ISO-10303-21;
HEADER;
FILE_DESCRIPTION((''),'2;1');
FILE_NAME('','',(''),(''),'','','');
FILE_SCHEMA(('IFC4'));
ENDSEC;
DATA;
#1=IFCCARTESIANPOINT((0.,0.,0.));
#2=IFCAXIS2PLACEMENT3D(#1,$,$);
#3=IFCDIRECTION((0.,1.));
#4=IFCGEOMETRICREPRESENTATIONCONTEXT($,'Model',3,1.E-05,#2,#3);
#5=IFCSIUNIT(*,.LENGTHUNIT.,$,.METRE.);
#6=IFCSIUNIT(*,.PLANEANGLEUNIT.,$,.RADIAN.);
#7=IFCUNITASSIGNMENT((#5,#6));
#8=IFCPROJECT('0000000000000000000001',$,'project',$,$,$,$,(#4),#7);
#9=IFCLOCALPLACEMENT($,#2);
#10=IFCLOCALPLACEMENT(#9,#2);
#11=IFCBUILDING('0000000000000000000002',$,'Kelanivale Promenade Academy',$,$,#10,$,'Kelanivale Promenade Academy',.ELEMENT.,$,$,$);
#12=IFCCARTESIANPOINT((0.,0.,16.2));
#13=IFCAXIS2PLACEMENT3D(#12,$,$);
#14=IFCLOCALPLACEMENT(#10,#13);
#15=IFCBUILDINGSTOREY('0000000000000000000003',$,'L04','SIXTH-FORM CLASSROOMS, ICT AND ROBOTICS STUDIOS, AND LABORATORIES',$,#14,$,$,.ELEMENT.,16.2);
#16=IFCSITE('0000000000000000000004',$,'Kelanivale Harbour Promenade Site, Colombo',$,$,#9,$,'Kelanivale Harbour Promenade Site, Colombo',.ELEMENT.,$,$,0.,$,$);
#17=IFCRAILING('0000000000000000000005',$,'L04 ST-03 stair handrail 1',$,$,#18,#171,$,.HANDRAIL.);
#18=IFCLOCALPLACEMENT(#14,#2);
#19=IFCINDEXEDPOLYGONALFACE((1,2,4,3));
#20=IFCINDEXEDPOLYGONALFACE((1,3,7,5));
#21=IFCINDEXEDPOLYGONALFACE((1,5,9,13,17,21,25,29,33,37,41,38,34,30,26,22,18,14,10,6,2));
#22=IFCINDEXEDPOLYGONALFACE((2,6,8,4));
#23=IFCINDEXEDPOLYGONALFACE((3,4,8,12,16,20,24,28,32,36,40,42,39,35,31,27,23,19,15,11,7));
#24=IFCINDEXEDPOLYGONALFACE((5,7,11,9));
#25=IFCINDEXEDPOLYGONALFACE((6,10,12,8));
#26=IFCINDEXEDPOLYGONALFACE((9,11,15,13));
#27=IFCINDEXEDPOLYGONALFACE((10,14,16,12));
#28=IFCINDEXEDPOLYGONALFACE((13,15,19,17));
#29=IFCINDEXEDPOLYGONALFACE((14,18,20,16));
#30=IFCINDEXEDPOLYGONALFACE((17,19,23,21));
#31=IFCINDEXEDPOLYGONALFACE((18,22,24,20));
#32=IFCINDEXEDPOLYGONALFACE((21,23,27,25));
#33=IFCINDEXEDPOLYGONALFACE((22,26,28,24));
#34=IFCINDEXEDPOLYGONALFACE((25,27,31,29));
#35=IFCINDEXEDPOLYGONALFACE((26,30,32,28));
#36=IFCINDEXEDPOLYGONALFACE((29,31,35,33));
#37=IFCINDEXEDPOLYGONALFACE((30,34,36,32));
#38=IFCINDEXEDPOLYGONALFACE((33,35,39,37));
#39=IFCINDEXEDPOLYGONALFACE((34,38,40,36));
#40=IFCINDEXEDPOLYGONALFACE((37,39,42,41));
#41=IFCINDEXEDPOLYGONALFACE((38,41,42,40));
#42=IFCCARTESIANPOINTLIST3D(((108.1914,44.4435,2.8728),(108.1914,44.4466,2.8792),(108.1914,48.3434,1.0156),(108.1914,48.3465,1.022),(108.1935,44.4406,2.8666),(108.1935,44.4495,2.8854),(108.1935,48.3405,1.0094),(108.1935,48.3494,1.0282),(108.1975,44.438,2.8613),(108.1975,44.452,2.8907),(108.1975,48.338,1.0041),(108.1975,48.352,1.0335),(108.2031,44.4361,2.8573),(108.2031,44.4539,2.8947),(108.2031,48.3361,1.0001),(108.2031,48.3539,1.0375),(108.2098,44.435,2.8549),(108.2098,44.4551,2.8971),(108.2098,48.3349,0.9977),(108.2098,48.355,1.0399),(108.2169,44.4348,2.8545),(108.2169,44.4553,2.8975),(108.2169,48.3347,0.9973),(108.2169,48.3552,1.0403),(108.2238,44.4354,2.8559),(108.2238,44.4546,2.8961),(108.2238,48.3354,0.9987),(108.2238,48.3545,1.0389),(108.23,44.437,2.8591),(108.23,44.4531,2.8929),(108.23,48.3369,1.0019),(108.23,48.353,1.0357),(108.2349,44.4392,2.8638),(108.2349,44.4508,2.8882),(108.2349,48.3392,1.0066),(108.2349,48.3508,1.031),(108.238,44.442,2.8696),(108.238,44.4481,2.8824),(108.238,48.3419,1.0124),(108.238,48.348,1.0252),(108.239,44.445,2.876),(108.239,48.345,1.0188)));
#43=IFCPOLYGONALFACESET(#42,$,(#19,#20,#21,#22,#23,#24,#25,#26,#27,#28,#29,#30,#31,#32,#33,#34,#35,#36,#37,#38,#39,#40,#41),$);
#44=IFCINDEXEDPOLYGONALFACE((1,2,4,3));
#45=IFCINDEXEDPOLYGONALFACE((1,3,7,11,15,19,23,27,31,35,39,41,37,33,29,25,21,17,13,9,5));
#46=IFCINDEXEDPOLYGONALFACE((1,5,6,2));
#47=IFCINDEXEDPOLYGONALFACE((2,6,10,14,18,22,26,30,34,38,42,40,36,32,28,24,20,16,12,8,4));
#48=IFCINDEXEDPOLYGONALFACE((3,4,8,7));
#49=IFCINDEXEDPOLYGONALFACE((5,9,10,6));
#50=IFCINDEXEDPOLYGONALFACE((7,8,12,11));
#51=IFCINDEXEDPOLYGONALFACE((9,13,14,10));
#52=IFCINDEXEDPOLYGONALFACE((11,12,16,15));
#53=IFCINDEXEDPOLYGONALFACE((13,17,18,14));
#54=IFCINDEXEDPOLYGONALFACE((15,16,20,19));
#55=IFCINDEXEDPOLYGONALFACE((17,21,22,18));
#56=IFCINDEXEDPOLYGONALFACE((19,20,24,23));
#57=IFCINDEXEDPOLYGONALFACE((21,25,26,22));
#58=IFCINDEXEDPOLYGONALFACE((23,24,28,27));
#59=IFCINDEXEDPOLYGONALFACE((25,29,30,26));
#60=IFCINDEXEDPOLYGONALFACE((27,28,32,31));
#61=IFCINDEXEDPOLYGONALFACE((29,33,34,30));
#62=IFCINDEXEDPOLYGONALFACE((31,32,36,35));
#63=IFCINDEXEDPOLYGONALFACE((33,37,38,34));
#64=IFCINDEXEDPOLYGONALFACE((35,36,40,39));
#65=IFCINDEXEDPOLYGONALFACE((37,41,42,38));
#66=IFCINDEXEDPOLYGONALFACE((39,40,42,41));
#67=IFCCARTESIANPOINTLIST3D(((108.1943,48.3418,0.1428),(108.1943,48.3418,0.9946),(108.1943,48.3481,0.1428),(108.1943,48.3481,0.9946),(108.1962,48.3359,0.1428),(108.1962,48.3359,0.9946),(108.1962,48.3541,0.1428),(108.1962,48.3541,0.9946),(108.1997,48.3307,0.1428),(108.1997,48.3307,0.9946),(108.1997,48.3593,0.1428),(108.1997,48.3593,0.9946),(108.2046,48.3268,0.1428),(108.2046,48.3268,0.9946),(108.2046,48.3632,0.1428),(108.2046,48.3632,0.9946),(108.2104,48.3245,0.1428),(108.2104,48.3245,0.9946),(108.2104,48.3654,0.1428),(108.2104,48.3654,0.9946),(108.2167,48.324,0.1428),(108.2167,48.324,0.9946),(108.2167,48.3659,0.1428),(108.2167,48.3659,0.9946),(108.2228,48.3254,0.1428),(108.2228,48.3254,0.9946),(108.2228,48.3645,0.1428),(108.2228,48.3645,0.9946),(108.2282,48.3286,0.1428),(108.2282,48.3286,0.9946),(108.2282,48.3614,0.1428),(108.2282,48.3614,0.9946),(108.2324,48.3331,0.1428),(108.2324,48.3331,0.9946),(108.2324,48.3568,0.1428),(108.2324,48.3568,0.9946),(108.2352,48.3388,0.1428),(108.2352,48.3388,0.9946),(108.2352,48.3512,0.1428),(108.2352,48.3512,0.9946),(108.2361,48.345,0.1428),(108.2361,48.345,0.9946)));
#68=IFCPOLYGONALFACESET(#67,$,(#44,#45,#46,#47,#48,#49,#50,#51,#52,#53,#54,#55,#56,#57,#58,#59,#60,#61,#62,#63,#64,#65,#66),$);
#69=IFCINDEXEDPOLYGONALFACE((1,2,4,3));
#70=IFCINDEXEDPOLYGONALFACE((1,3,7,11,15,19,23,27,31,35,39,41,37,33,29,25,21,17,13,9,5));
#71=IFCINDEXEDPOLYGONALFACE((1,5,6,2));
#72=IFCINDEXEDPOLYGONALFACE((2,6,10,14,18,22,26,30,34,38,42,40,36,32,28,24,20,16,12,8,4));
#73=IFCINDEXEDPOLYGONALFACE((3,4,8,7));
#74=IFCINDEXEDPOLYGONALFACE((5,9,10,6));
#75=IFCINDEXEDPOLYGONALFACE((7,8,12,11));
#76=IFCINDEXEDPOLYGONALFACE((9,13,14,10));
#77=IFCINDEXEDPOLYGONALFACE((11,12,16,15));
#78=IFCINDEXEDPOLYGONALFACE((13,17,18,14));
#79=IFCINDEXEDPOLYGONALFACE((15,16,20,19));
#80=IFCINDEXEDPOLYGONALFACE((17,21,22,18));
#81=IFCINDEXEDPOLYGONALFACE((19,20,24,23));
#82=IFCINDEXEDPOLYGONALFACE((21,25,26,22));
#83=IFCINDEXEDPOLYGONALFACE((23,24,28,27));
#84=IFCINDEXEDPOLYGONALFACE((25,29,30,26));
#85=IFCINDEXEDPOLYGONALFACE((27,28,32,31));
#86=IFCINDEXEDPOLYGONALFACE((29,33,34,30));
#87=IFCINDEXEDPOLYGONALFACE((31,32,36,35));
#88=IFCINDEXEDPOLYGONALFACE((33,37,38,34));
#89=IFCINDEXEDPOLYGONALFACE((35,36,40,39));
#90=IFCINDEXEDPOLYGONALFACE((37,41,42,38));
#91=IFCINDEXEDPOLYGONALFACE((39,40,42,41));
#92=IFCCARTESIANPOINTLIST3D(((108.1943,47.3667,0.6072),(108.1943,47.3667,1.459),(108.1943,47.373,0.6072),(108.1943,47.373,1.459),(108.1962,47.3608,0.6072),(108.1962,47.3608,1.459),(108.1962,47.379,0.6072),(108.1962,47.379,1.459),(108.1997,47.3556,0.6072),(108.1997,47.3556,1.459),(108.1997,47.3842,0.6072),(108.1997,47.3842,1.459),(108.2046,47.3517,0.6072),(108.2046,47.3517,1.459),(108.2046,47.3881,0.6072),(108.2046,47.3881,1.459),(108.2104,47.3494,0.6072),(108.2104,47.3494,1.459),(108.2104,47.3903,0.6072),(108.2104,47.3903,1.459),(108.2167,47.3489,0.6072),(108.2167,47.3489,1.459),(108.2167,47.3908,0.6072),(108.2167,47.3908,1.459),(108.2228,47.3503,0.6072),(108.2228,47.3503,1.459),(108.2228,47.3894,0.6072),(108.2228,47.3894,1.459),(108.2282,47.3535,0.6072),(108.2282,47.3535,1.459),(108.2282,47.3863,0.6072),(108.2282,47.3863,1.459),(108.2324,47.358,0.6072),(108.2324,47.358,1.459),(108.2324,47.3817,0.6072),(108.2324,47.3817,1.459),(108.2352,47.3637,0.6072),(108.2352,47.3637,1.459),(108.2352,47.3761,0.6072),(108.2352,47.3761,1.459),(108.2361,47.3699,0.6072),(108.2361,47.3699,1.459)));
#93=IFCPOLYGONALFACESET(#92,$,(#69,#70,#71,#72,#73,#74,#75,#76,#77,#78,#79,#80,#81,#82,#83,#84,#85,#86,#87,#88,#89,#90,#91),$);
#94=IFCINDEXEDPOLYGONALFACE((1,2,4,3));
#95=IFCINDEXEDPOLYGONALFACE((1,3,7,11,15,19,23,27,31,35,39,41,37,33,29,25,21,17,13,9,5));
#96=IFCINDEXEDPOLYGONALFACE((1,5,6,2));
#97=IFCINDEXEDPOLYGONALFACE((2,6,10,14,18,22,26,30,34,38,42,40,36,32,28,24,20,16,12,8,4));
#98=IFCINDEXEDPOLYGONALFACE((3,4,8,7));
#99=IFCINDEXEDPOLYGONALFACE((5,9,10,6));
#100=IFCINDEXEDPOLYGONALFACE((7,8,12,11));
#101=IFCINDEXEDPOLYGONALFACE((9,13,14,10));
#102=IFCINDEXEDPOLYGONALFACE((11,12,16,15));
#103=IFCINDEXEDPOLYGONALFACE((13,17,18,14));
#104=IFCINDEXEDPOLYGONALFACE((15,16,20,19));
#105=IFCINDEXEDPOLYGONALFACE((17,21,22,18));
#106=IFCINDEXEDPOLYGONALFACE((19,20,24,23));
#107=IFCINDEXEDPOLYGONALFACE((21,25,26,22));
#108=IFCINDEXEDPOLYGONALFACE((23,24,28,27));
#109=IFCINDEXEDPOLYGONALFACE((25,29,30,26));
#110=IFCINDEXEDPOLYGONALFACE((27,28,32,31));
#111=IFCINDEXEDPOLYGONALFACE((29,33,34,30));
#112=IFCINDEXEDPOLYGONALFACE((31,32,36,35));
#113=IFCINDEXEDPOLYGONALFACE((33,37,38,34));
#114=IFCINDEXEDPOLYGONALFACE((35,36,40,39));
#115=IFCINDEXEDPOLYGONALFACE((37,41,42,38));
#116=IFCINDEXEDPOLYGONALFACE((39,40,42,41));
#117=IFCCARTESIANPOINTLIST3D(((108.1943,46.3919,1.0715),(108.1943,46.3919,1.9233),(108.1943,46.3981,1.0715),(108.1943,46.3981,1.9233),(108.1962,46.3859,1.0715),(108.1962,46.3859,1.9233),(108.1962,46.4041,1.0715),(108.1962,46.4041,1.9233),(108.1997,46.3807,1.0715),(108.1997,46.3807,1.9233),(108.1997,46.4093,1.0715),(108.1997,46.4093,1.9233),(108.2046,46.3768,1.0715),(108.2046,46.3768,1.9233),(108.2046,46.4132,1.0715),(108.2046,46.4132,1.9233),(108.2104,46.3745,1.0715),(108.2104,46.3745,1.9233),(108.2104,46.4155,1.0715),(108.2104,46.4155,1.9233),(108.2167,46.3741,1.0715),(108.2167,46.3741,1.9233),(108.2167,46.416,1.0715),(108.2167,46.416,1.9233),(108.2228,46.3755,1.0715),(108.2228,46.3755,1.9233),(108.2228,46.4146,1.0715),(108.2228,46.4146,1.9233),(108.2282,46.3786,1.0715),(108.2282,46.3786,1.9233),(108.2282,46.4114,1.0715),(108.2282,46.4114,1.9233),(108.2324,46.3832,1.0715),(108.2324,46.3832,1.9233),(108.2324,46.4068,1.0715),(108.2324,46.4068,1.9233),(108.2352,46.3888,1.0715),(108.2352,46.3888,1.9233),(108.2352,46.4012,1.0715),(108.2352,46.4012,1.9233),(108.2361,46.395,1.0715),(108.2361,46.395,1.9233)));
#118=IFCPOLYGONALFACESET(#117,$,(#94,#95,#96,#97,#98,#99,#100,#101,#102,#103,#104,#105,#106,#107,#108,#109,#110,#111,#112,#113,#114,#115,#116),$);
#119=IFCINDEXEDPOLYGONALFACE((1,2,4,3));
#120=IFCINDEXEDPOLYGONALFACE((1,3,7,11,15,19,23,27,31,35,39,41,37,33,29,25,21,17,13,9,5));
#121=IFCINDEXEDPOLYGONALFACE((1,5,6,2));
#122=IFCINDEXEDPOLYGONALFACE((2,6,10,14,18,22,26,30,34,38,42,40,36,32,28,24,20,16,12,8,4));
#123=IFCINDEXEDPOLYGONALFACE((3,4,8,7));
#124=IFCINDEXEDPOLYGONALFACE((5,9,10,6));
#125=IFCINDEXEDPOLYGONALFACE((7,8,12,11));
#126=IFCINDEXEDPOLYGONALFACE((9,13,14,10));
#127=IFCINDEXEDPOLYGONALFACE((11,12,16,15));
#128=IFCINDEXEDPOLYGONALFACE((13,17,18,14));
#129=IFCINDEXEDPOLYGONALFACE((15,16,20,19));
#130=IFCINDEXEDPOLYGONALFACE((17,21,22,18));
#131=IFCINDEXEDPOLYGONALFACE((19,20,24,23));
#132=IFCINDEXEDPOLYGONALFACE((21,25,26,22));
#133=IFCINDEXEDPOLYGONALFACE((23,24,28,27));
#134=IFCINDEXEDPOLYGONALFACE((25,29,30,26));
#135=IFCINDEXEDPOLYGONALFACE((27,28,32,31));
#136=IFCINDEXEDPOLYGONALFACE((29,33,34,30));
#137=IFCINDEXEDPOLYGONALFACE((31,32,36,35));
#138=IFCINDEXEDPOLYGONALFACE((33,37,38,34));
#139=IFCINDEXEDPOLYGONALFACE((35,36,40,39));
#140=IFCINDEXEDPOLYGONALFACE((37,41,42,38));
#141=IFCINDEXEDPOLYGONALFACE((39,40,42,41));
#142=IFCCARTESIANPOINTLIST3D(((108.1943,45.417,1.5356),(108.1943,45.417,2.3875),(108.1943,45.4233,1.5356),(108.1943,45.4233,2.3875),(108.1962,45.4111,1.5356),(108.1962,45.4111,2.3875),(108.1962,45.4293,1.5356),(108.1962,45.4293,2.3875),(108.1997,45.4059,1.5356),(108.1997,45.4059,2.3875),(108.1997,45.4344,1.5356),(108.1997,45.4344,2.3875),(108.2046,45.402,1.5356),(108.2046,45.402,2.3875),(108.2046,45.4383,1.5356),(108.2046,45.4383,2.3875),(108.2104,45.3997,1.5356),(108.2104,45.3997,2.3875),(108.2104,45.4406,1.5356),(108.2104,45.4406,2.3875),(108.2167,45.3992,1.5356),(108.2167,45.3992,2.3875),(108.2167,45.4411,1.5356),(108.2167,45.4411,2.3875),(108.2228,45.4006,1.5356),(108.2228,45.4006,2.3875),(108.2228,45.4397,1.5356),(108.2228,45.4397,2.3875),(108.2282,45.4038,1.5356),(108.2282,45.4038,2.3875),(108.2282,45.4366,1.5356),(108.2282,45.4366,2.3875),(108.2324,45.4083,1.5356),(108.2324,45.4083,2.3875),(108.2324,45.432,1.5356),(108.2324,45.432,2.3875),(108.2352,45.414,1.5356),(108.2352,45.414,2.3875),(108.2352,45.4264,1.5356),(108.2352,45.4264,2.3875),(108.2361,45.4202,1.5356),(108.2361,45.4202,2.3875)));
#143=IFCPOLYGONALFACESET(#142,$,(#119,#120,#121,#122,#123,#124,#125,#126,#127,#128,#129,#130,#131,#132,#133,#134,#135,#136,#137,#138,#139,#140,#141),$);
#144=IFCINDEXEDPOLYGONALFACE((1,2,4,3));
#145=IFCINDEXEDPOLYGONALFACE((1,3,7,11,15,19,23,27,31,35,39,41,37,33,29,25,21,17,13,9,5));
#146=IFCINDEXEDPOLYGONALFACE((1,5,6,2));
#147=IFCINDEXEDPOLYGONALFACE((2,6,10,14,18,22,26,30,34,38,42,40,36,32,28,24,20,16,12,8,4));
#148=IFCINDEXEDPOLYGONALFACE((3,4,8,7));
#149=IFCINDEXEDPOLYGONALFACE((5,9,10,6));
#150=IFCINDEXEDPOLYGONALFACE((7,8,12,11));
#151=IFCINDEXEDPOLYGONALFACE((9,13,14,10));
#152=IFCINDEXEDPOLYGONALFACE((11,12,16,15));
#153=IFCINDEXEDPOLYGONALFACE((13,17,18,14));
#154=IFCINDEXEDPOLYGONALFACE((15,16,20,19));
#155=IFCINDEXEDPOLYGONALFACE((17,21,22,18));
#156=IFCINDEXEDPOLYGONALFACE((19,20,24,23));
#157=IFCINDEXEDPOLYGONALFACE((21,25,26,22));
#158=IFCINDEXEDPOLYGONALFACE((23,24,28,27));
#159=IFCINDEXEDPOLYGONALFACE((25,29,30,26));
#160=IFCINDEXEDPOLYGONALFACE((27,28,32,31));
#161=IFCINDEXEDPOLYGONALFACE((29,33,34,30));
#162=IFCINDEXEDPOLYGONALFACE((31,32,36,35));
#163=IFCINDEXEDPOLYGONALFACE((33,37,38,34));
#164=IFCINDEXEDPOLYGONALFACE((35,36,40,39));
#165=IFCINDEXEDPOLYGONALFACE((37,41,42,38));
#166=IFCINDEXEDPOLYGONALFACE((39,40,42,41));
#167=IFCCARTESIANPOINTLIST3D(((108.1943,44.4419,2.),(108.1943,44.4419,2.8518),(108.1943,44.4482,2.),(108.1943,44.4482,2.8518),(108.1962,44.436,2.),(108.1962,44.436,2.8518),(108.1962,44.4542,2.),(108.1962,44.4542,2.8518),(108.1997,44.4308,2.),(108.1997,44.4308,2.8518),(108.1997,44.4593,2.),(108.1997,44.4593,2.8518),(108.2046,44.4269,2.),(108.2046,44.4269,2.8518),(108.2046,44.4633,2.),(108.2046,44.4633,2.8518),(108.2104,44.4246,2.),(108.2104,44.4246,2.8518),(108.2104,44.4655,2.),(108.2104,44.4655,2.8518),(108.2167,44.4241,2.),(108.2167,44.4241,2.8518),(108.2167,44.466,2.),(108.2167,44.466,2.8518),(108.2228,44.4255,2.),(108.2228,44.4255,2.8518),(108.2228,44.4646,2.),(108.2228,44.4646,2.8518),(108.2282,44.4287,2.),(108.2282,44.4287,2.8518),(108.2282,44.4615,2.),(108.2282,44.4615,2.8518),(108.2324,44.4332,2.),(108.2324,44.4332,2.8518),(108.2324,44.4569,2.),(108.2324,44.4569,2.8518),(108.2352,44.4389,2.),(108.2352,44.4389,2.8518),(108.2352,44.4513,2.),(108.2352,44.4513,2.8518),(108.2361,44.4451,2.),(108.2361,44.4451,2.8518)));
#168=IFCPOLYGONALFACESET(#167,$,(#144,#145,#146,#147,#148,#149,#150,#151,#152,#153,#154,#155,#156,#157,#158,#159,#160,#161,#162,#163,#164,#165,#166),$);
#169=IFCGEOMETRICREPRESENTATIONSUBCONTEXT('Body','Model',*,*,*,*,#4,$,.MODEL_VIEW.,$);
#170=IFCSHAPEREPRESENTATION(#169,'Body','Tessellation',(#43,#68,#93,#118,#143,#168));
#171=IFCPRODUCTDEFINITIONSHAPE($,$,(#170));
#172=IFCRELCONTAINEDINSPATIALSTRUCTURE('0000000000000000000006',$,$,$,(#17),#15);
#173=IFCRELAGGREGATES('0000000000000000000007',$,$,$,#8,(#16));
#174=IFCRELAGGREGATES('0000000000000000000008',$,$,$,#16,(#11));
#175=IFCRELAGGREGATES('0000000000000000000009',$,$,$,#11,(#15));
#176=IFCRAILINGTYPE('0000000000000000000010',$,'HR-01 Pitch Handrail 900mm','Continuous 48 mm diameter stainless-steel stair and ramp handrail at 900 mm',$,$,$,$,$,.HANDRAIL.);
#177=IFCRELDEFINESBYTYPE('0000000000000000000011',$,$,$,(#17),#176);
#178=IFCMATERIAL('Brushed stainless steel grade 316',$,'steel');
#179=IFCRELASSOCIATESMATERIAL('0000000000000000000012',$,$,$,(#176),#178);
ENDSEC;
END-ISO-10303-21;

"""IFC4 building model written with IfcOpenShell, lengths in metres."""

from ifc_helpers import new_model, si_unit, direction, frame, origin, origin_2d, place, context, subcontext, project, spatial, circle, extrude, material, type_object, element, save


model = new_model("IFC4")

# Units and contexts
model_context = context("Model", 3, precision=1e-05, world=origin(), true_north=direction((0.0, 1.0)))
body_context = subcontext(model_context, "Body", "Model", "MODEL_VIEW")
ifc_project = project(units=[si_unit("LENGTHUNIT", "METRE"), si_unit("PLANEANGLEUNIT", "RADIAN")], contexts=[model_context])

# Site, building, storey
site_placement = place(None, origin())
site = spatial("IfcSite", under=ifc_project, at=site_placement, Name="Kelanivale Harbour Promenade Site, Colombo", LongName="Kelanivale Harbour Promenade Site, Colombo", CompositionType="ELEMENT", RefElevation=0.0)
building_placement = place(site_placement, origin())
building = spatial("IfcBuilding", under=site, at=building_placement, Name="Kelanivale Promenade Academy", LongName="Kelanivale Promenade Academy", CompositionType="ELEMENT")
storey_placement = place(building_placement, frame((0.0, 0.0, 16.2)))
storey = spatial("IfcBuildingStorey", under=building, at=storey_placement, Name="L04", Description="SIXTH-FORM CLASSROOMS, ICT AND ROBOTICS STUDIOS, AND LABORATORIES", CompositionType="ELEMENT", Elevation=16.2)

# Railing
ifc_material_1 = material(Name="Brushed stainless steel grade 316", Category="steel")
railing_type_1 = type_object("IfcRailingType", Name="HR-01 Pitch Handrail 900mm", Description="Continuous 48 mm diameter stainless-steel stair and ramp handrail at 900 mm", PredefinedType="HANDRAIL", material=ifc_material_1)
railing_1_placement = place(storey_placement, frame((108.2151, 48.345, 0.1428)))
element("IfcRailing", 1, at=railing_1_placement, inside=storey, type_object=railing_type_1, Name="L04 ST-03 stair handrail 1", PredefinedType="HANDRAIL", context=body_context, shape_type="SweptSolid", body=[
    extrude(circle(Radius=0.0239, at=origin_2d()), frame((0.0, 0.0, 0.876), z_axis=(0.0, -0.902853, 0.429949), x_axis=(1.0, 0.0, 0.0)), (0.0, 0.0, 1.0), 4.3196),
    extrude(circle(Radius=0.021, at=origin_2d()), origin(), (0.0, 0.0, 1.0), 0.8518),
    extrude(circle(Radius=0.021, at=origin_2d()), frame((0.0, -0.9751, 0.4644)), (0.0, 0.0, 1.0), 0.8518),
    extrude(circle(Radius=0.021, at=origin_2d()), frame((0.0, -1.95, 0.9287)), (0.0, 0.0, 1.0), 0.8518),
    extrude(circle(Radius=0.021, at=origin_2d()), frame((0.0, -2.9248, 1.3928)), (0.0, 0.0, 1.0), 0.8518),
    extrude(circle(Radius=0.021, at=origin_2d()), frame((0.0, -3.8999, 1.8572)), (0.0, 0.0, 1.0), 0.8518),
])

save(model, "model.ifc")
